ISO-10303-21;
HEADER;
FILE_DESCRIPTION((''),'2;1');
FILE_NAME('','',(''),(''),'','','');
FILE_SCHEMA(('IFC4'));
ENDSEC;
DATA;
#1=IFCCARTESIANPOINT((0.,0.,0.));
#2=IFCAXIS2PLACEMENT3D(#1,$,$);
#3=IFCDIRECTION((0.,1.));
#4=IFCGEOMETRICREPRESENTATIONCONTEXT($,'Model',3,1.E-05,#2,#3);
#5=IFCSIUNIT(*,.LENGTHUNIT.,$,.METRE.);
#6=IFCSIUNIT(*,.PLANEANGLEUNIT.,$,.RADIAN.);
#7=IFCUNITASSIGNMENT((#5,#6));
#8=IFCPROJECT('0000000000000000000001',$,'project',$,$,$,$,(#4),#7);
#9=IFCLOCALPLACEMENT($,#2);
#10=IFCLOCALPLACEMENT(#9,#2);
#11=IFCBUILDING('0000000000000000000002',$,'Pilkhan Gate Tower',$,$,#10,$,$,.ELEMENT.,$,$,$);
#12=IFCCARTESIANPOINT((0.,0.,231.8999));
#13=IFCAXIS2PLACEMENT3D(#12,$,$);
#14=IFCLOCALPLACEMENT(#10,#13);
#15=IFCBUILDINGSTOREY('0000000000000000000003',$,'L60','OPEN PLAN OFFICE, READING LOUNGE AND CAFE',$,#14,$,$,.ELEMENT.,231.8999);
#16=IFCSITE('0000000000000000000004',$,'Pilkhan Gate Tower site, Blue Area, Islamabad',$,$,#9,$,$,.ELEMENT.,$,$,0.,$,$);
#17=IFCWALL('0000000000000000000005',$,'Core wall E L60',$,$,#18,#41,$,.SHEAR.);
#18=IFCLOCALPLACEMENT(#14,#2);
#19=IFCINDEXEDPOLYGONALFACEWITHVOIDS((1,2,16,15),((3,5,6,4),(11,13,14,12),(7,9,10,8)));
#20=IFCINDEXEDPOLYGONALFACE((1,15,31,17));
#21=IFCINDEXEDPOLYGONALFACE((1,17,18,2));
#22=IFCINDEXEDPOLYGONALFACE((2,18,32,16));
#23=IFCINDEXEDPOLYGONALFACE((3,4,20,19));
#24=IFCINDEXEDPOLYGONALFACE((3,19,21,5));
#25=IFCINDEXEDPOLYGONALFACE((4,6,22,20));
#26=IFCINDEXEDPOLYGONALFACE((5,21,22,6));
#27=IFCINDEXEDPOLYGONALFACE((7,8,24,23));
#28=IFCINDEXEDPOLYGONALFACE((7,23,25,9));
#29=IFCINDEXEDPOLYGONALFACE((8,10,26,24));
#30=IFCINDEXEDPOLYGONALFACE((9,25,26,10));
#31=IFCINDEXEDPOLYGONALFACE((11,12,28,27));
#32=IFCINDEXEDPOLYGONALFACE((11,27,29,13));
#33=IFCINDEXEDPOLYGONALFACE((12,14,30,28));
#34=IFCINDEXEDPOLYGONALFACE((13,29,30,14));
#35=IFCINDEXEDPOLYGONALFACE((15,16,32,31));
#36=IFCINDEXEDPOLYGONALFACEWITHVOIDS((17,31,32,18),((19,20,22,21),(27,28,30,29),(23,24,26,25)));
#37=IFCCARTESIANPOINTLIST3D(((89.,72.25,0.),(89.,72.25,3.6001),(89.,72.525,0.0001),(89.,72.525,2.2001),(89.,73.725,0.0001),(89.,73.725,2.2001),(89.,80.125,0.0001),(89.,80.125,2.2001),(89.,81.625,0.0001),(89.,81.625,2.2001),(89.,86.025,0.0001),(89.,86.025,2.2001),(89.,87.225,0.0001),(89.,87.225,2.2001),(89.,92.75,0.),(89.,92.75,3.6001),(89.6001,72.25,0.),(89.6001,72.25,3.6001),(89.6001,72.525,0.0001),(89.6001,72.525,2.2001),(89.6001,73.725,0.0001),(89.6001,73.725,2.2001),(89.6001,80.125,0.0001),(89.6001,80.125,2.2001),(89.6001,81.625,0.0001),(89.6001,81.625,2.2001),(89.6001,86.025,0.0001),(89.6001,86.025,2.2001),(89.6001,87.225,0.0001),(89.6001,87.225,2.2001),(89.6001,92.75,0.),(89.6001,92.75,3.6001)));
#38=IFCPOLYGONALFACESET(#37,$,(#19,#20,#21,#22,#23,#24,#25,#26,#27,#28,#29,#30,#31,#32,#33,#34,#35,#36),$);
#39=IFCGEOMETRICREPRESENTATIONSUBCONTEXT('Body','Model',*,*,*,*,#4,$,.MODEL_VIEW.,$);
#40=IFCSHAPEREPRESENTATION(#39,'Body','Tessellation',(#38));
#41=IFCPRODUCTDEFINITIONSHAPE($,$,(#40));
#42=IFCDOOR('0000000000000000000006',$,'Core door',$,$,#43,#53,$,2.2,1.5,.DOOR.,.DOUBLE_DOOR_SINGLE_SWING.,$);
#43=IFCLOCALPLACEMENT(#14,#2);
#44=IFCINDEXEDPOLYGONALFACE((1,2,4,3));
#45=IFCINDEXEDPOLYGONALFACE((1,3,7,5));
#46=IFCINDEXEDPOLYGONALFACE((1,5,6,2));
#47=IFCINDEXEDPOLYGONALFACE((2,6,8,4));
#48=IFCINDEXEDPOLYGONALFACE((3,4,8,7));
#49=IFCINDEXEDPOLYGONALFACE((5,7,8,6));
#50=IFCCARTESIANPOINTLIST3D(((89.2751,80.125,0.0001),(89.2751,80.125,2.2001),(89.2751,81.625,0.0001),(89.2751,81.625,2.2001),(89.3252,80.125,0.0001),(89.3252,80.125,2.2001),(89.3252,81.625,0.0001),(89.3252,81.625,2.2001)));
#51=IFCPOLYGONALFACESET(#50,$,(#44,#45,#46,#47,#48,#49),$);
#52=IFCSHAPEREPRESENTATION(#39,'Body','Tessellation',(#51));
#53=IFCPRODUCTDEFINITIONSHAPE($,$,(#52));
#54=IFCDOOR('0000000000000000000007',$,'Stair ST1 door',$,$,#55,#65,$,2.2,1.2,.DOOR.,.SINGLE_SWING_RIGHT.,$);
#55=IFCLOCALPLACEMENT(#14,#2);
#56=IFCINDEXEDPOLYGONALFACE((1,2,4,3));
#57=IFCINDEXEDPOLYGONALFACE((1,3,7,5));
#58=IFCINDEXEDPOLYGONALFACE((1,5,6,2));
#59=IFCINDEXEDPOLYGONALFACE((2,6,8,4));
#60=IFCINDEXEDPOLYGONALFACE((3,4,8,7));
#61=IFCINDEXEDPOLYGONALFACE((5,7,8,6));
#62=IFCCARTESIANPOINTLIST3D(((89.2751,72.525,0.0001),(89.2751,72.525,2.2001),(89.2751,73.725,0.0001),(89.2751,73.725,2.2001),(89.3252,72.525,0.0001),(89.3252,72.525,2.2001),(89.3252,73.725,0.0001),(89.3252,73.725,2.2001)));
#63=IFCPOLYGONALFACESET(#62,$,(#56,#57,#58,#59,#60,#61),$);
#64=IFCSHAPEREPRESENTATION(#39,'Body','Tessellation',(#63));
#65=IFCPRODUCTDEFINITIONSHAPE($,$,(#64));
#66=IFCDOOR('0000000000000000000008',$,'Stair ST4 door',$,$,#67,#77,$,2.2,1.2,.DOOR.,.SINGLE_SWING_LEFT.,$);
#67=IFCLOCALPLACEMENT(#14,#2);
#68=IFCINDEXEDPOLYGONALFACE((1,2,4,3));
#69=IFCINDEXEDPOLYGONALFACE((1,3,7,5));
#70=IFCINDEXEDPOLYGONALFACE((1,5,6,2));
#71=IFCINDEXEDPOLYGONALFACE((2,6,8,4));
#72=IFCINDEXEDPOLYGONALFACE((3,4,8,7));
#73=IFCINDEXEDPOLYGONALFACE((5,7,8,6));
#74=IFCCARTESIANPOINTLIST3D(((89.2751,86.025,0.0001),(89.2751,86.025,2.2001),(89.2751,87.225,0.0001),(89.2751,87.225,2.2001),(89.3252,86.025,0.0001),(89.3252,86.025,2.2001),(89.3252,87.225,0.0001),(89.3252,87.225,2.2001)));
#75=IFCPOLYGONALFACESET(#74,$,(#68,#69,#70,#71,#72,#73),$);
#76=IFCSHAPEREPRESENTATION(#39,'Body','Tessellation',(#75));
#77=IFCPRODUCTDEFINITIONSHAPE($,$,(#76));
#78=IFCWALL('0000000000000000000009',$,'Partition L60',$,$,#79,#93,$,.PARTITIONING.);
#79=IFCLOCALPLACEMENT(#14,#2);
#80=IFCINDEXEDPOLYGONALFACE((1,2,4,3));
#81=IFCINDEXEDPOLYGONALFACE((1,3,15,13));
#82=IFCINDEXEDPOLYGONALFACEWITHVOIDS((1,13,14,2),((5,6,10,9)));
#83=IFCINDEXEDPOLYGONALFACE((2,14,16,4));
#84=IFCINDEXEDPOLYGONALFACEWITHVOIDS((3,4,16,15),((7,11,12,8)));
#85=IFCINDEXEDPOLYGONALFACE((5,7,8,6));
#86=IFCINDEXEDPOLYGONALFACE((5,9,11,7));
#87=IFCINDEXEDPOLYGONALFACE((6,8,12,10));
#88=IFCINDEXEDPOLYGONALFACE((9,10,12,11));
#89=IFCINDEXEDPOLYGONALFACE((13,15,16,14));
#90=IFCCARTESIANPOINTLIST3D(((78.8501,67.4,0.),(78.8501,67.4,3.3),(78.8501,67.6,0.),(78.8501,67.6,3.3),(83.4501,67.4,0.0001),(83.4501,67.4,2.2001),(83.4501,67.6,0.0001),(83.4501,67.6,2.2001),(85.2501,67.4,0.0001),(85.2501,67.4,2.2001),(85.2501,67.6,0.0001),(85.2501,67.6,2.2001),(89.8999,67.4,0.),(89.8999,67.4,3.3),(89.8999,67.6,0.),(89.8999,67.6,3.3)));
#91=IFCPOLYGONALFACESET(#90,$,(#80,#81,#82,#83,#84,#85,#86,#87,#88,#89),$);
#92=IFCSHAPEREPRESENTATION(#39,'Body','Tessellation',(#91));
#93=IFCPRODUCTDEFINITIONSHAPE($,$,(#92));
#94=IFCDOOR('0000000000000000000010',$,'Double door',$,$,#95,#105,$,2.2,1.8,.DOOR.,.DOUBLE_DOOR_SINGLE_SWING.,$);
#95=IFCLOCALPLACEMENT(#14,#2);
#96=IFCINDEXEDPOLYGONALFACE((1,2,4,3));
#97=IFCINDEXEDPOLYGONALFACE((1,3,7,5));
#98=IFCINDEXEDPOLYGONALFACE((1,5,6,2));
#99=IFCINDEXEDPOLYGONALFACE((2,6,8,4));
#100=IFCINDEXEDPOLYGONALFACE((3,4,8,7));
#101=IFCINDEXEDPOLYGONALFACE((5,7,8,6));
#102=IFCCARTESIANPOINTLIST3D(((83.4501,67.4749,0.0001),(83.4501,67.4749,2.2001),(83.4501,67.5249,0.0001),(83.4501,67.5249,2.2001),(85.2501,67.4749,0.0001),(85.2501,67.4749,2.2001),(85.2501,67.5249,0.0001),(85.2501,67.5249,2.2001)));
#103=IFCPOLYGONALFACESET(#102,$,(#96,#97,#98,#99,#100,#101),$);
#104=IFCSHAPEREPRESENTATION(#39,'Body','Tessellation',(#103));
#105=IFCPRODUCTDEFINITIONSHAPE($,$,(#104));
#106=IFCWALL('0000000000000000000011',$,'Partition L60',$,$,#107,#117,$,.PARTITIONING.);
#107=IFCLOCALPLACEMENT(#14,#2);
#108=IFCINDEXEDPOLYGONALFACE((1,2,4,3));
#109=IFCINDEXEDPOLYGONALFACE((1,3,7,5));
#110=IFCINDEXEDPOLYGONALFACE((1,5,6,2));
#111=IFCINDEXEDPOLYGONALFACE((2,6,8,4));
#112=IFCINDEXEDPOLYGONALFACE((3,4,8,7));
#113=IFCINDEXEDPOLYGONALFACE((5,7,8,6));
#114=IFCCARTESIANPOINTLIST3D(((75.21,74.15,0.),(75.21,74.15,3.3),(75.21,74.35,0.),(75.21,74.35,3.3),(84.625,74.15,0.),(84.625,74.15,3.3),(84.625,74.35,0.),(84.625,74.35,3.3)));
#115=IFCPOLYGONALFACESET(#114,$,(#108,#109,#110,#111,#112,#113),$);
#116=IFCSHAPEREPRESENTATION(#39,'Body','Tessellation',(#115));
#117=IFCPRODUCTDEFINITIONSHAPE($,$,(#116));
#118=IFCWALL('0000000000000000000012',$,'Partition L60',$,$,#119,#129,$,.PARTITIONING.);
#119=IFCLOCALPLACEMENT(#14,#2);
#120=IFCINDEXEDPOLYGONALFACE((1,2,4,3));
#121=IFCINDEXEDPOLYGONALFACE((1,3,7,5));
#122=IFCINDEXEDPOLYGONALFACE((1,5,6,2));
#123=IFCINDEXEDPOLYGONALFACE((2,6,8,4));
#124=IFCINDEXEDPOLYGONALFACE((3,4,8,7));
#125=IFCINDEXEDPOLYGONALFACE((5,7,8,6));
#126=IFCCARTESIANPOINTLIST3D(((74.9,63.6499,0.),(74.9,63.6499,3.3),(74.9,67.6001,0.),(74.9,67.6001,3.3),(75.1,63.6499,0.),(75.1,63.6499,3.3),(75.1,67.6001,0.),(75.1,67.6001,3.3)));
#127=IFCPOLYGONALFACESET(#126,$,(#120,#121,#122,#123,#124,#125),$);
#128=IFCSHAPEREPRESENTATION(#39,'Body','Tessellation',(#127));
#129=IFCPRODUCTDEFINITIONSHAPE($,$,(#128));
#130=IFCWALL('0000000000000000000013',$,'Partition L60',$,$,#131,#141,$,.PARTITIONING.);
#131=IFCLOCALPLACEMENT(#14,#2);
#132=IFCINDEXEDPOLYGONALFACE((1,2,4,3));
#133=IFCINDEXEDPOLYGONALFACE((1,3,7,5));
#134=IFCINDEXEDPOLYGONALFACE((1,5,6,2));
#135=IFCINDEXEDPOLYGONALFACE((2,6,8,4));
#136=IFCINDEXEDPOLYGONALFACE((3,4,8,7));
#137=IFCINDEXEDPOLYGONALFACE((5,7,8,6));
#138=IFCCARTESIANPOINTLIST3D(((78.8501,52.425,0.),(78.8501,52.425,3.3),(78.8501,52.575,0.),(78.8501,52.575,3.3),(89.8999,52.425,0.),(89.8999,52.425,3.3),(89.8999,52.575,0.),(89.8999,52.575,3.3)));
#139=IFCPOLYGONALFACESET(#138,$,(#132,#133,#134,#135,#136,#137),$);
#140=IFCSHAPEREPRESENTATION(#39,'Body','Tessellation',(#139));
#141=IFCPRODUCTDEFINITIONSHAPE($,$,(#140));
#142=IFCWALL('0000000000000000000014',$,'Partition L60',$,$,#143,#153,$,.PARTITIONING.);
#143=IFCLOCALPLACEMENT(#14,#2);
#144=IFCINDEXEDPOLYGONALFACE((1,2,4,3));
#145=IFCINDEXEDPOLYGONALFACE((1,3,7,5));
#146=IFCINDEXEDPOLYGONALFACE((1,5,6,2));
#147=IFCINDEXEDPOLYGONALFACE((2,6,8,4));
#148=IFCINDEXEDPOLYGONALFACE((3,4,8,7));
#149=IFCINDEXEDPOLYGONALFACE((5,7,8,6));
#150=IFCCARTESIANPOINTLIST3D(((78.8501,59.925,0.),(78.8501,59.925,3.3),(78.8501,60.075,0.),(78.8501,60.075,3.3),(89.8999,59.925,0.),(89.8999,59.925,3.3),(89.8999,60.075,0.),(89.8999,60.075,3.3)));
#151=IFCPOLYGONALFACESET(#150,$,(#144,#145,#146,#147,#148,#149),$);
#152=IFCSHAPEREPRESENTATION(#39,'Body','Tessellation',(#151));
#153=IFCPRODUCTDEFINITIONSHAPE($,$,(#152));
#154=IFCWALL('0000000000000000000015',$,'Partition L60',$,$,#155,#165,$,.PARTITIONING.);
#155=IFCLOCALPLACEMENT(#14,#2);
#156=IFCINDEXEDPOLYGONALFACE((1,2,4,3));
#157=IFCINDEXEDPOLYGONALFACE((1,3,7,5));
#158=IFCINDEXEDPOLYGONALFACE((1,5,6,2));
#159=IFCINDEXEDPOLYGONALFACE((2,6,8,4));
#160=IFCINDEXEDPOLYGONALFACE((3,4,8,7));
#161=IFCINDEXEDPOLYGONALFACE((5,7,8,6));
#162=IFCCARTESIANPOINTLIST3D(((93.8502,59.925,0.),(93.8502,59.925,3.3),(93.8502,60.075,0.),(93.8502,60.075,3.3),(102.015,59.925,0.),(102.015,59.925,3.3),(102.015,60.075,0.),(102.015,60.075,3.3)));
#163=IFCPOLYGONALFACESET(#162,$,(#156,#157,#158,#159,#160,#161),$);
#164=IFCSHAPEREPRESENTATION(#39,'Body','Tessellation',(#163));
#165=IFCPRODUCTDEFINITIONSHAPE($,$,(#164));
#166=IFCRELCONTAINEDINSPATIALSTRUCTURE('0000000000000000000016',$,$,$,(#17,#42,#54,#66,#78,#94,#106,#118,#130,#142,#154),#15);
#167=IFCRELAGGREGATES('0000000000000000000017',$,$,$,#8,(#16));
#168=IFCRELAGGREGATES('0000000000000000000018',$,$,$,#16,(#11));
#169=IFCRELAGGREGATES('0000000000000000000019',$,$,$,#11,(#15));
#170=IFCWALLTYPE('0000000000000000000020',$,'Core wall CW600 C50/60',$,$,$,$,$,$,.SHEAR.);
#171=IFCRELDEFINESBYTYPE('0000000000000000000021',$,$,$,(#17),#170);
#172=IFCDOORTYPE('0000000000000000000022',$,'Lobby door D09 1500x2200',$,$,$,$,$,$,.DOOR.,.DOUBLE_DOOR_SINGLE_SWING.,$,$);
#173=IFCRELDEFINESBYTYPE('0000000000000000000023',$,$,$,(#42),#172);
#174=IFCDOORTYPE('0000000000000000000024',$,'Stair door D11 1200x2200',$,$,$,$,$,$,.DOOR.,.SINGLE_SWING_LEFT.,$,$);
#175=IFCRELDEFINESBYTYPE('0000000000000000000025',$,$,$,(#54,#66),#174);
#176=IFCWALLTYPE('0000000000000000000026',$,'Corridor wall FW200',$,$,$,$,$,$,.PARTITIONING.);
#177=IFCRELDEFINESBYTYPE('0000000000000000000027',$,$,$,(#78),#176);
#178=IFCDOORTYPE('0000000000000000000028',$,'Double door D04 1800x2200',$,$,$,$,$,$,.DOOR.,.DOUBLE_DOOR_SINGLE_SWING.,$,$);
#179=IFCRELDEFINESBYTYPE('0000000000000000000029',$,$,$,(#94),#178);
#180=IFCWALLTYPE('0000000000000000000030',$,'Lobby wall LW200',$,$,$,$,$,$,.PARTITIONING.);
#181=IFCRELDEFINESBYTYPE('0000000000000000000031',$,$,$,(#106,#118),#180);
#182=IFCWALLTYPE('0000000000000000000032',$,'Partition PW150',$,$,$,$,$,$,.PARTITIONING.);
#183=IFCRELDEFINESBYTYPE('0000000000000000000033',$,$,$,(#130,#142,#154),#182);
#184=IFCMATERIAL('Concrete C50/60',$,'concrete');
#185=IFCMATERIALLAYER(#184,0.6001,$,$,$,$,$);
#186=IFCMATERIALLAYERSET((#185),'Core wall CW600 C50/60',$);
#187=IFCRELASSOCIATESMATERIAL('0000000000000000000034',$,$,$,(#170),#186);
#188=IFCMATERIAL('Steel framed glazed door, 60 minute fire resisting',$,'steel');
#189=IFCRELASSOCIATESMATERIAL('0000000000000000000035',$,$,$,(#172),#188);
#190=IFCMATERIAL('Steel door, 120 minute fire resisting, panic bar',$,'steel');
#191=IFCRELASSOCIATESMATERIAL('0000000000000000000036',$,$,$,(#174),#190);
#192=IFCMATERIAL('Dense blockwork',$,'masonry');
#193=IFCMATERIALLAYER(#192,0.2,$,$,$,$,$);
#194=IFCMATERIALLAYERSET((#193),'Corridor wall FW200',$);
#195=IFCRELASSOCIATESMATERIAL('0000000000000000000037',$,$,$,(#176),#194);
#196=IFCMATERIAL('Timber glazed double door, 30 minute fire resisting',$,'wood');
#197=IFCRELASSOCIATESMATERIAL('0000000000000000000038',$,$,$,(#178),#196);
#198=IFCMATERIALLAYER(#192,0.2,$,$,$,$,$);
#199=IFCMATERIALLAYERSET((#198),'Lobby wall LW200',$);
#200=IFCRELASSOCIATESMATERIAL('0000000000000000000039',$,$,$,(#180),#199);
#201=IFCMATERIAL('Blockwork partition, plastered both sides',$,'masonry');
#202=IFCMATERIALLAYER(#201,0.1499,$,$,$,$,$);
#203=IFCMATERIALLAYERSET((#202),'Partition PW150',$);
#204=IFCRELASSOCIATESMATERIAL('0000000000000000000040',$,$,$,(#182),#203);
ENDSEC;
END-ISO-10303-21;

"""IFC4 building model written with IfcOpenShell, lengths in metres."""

from ifc_helpers import new_model, si_unit, direction, frame, frame_2d, origin, place, context, subcontext, project, spatial, rectangle, extrude, material, layer, layer_set, type_object, element, fill, save


model = new_model("IFC4")

# Units and contexts
model_context = context("Model", 3, precision=1e-05, world=origin(), true_north=direction((0.0, 1.0)))
body_context = subcontext(model_context, "Body", "Model", "MODEL_VIEW")
ifc_project = project(units=[si_unit("LENGTHUNIT", "METRE"), si_unit("PLANEANGLEUNIT", "RADIAN")], contexts=[model_context])

# Site, building, storey
site_placement = place(None, origin())
site = spatial("IfcSite", under=ifc_project, at=site_placement, Name="Pilkhan Gate Tower site, Blue Area, Islamabad", CompositionType="ELEMENT", RefElevation=0.0)
building_placement = place(site_placement, origin())
building = spatial("IfcBuilding", under=site, at=building_placement, Name="Pilkhan Gate Tower", CompositionType="ELEMENT")
storey_placement = place(building_placement, frame((0.0, 0.0, 231.8999)))
storey = spatial("IfcBuildingStorey", under=building, at=storey_placement, Name="L60", Description="OPEN PLAN OFFICE, READING LOUNGE AND CAFE", CompositionType="ELEMENT", Elevation=231.8999)

# Shared definitions
ifc_material_1 = material(Name="Concrete C50/60", Category="concrete")

# Wall, openings, doors
ifc_layer_1 = layer(ifc_material_1, 0.6001)
ifc_layer_set_1 = layer_set([ifc_layer_1], Name="Core wall CW600 C50/60")
wall_type_1 = type_object("IfcWallType", Name="Core wall CW600 C50/60", PredefinedType="SHEAR", material=ifc_layer_set_1)
wall_1_placement = place(storey_placement, frame((89.3, 72.25, 0.0), z_axis=(0.0, 0.0, 1.0), x_axis=(0.0, 1.0, 0.0)))
wall_1 = element("IfcWall", 1, at=wall_1_placement, inside=storey, type_object=wall_type_1, Name="Core wall E L60", PredefinedType="SHEAR", context=body_context, shape_type="SweptSolid", body=[
    extrude(rectangle(XDim=20.5, YDim=0.6001, at=frame_2d((10.25, 0.0))), origin(), (0.0, 0.0, 1.0), 3.6001),
])
opening_1_placement = place(wall_1_placement, frame((0.2749, 0.0, 0.0)))
opening_1 = element("IfcOpeningElement", 2, at=opening_1_placement, cuts=wall_1, PredefinedType="OPENING", context=body_context, shape_type="SweptSolid", body=[
    extrude(rectangle(XDim=1.2, YDim=2.2, at=frame_2d((0.6001, 1.1001))), frame((0.0, 0.3101, 0.0), z_axis=(0.0, -1.0, 0.0), x_axis=(1.0, 0.0, 0.0)), (0.0, 0.0, 1.0), 0.6201),
])
opening_2_placement = place(wall_1_placement, frame((13.7749, 0.0, 0.0)))
opening_2 = element("IfcOpeningElement", 3, at=opening_2_placement, cuts=wall_1, PredefinedType="OPENING", context=body_context, shape_type="SweptSolid", body=[
    extrude(rectangle(XDim=1.2, YDim=2.2, at=frame_2d((0.6001, 1.1001))), frame((0.0, 0.3101, 0.0), z_axis=(0.0, -1.0, 0.0), x_axis=(1.0, 0.0, 0.0)), (0.0, 0.0, 1.0), 0.6201),
])
opening_3_placement = place(wall_1_placement, frame((7.875, 0.0, 0.0)))
opening_3 = element("IfcOpeningElement", 4, at=opening_3_placement, cuts=wall_1, PredefinedType="OPENING", context=body_context, shape_type="SweptSolid", body=[
    extrude(rectangle(XDim=1.5, YDim=2.2, at=frame_2d((0.75, 1.1001))), frame((0.0, 0.3101, 0.0), z_axis=(0.0, -1.0, 0.0), x_axis=(1.0, 0.0, 0.0)), (0.0, 0.0, 1.0), 0.6201),
])
ifc_material_2 = material(Name="Steel framed glazed door, 60 minute fire resisting", Category="steel")
door_type_1 = type_object("IfcDoorType", Name="Lobby door D09 1500x2200", OperationType="DOUBLE_DOOR_SINGLE_SWING", PredefinedType="DOOR", material=ifc_material_2)
door_1_placement = place(opening_3_placement, origin())
door_1 = element("IfcDoor", 5, at=door_1_placement, inside=storey, type_object=door_type_1, Name="Core door", OperationType="DOUBLE_DOOR_SINGLE_SWING", OverallHeight=2.2, OverallWidth=1.5, PredefinedType="DOOR", context=body_context, shape_type="SweptSolid", body=[
    extrude(rectangle(XDim=1.5, YDim=2.2, at=frame_2d((0.75, 1.1001))), frame((0.0, 0.0249, 0.0), z_axis=(0.0, -1.0, 0.0), x_axis=(1.0, 0.0, 0.0)), (0.0, 0.0, 1.0), 0.05),
])
fill(opening_3, door_1)
ifc_material_3 = material(Name="Steel door, 120 minute fire resisting, panic bar", Category="steel")
door_type_2 = type_object("IfcDoorType", Name="Stair door D11 1200x2200", OperationType="SINGLE_SWING_LEFT", PredefinedType="DOOR", material=ifc_material_3)
door_2_placement = place(opening_1_placement, origin())
door_2 = element("IfcDoor", 6, at=door_2_placement, inside=storey, type_object=door_type_2, Name="Stair ST1 door", OperationType="SINGLE_SWING_RIGHT", OverallHeight=2.2, OverallWidth=1.2, PredefinedType="DOOR", context=body_context, shape_type="SweptSolid", body=[
    extrude(rectangle(XDim=1.2, YDim=2.2, at=frame_2d((0.6001, 1.1001))), frame((0.0, 0.0249, 0.0), z_axis=(0.0, -1.0, 0.0), x_axis=(1.0, 0.0, 0.0)), (0.0, 0.0, 1.0), 0.05),
])
fill(opening_1, door_2)
door_3_placement = place(opening_2_placement, origin())
door_3 = element("IfcDoor", 7, at=door_3_placement, inside=storey, type_object=door_type_2, Name="Stair ST4 door", OperationType="SINGLE_SWING_LEFT", OverallHeight=2.2, OverallWidth=1.2, PredefinedType="DOOR", context=body_context, shape_type="SweptSolid", body=[
    extrude(rectangle(XDim=1.2, YDim=2.2, at=frame_2d((0.6001, 1.1001))), frame((0.0, 0.0249, 0.0), z_axis=(0.0, -1.0, 0.0), x_axis=(1.0, 0.0, 0.0)), (0.0, 0.0, 1.0), 0.05),
])
fill(opening_2, door_3)

# Wall, opening, door
ifc_material_4 = material(Name="Dense blockwork", Category="masonry")
ifc_layer_2 = layer(ifc_material_4, 0.2)
ifc_layer_set_2 = layer_set([ifc_layer_2], Name="Corridor wall FW200")
wall_type_2 = type_object("IfcWallType", Name="Corridor wall FW200", PredefinedType="PARTITIONING", material=ifc_layer_set_2)
wall_2_placement = place(storey_placement, frame((78.8501, 67.5, 0.0), z_axis=(0.0, 0.0, 1.0), x_axis=(1.0, 0.0, 0.0)))
wall_2 = element("IfcWall", 8, at=wall_2_placement, inside=storey, type_object=wall_type_2, Name="Partition L60", PredefinedType="PARTITIONING", context=body_context, shape_type="SweptSolid", body=[
    extrude(rectangle(XDim=11.0498, YDim=0.2, at=frame_2d((5.5249, 0.0))), origin(), (0.0, 0.0, 1.0), 3.3),
])
opening_4_placement = place(wall_2_placement, frame((4.6001, 0.0, 0.0)))
opening_4 = element("IfcOpeningElement", 9, at=opening_4_placement, cuts=wall_2, PredefinedType="OPENING", context=body_context, shape_type="SweptSolid", body=[
    extrude(rectangle(XDim=1.8, YDim=2.2, at=frame_2d((0.8999, 1.1001))), frame((0.0, 0.1099, 0.0), z_axis=(0.0, -1.0, 0.0), x_axis=(1.0, 0.0, 0.0)), (0.0, 0.0, 1.0), 0.22),
])
ifc_material_5 = material(Name="Timber glazed double door, 30 minute fire resisting", Category="wood")
door_type_3 = type_object("IfcDoorType", Name="Double door D04 1800x2200", OperationType="DOUBLE_DOOR_SINGLE_SWING", PredefinedType="DOOR", material=ifc_material_5)
door_4_placement = place(opening_4_placement, origin())
door_4 = element("IfcDoor", 10, at=door_4_placement, inside=storey, type_object=door_type_3, Name="Double door", OperationType="DOUBLE_DOOR_SINGLE_SWING", OverallHeight=2.2, OverallWidth=1.8, PredefinedType="DOOR", context=body_context, shape_type="SweptSolid", body=[
    extrude(rectangle(XDim=1.8, YDim=2.2, at=frame_2d((0.8999, 1.1001))), frame((0.0, 0.0249, 0.0), z_axis=(0.0, -1.0, 0.0), x_axis=(1.0, 0.0, 0.0)), (0.0, 0.0, 1.0), 0.05),
])
fill(opening_4, door_4)

# Walls
ifc_layer_3 = layer(ifc_material_4, 0.2)
ifc_layer_set_3 = layer_set([ifc_layer_3], Name="Lobby wall LW200")
wall_type_3 = type_object("IfcWallType", Name="Lobby wall LW200", PredefinedType="PARTITIONING", material=ifc_layer_set_3)
wall_3_placement = place(storey_placement, frame((75.21, 74.25, 0.0), z_axis=(0.0, 0.0, 1.0), x_axis=(1.0, 0.0, 0.0)))
element("IfcWall", 11, at=wall_3_placement, inside=storey, type_object=wall_type_3, Name="Partition L60", PredefinedType="PARTITIONING", context=body_context, shape_type="SweptSolid", body=[
    extrude(rectangle(XDim=9.415, YDim=0.2, at=frame_2d((4.7075, 0.0))), origin(), (0.0, 0.0, 1.0), 3.3),
])
wall_4_placement = place(storey_placement, frame((75.0, 63.6499, 0.0), z_axis=(0.0, 0.0, 1.0), x_axis=(0.0, 1.0, 0.0)))
element("IfcWall", 12, at=wall_4_placement, inside=storey, type_object=wall_type_3, Name="Partition L60", PredefinedType="PARTITIONING", context=body_context, shape_type="SweptSolid", body=[
    extrude(rectangle(XDim=3.9502, YDim=0.2, at=frame_2d((1.9751, 0.0))), origin(), (0.0, 0.0, 1.0), 3.3),
])
ifc_material_6 = material(Name="Blockwork partition, plastered both sides", Category="masonry")
ifc_layer_4 = layer(ifc_material_6, 0.1499)
ifc_layer_set_4 = layer_set([ifc_layer_4], Name="Partition PW150")
wall_type_4 = type_object("IfcWallType", Name="Partition PW150", PredefinedType="PARTITIONING", material=ifc_layer_set_4)
for number, where, z_axis, x_axis, name in (
    (13, (78.8501, 52.5, 0.0), (0.0, 0.0, 1.0), (1.0, 0.0, 0.0), "Partition L60"),
    (14, (78.8501, 60.0, 0.0), (0.0, 0.0, 1.0), (1.0, 0.0, 0.0), "Partition L60"),
):
    element("IfcWall", number, at=place(storey_placement, frame(where, z_axis=z_axis, x_axis=x_axis)), inside=storey, type_object=wall_type_4, Name=name, PredefinedType="PARTITIONING", context=body_context, shape_type="SweptSolid", body=[
        extrude(rectangle(XDim=11.0498, YDim=0.1499, at=frame_2d((5.5249, 0.0))), origin(), (0.0, 0.0, 1.0), 3.3),
    ])
for number, where, z_axis, x_axis, name in (
    (15, (93.8501, 60.0, 0.0), (0.0, 0.0, 1.0), (1.0, 0.0, 0.0), "Partition L60"),
):
    element("IfcWall", number, at=place(storey_placement, frame(where, z_axis=z_axis, x_axis=x_axis)), inside=storey, type_object=wall_type_4, Name=name, PredefinedType="PARTITIONING", context=body_context, shape_type="SweptSolid", body=[
        extrude(rectangle(XDim=8.1648, YDim=0.1499, at=frame_2d((4.0825, 0.0))), origin(), (0.0, 0.0, 1.0), 3.3),
    ])

save(model, "model.ifc")
